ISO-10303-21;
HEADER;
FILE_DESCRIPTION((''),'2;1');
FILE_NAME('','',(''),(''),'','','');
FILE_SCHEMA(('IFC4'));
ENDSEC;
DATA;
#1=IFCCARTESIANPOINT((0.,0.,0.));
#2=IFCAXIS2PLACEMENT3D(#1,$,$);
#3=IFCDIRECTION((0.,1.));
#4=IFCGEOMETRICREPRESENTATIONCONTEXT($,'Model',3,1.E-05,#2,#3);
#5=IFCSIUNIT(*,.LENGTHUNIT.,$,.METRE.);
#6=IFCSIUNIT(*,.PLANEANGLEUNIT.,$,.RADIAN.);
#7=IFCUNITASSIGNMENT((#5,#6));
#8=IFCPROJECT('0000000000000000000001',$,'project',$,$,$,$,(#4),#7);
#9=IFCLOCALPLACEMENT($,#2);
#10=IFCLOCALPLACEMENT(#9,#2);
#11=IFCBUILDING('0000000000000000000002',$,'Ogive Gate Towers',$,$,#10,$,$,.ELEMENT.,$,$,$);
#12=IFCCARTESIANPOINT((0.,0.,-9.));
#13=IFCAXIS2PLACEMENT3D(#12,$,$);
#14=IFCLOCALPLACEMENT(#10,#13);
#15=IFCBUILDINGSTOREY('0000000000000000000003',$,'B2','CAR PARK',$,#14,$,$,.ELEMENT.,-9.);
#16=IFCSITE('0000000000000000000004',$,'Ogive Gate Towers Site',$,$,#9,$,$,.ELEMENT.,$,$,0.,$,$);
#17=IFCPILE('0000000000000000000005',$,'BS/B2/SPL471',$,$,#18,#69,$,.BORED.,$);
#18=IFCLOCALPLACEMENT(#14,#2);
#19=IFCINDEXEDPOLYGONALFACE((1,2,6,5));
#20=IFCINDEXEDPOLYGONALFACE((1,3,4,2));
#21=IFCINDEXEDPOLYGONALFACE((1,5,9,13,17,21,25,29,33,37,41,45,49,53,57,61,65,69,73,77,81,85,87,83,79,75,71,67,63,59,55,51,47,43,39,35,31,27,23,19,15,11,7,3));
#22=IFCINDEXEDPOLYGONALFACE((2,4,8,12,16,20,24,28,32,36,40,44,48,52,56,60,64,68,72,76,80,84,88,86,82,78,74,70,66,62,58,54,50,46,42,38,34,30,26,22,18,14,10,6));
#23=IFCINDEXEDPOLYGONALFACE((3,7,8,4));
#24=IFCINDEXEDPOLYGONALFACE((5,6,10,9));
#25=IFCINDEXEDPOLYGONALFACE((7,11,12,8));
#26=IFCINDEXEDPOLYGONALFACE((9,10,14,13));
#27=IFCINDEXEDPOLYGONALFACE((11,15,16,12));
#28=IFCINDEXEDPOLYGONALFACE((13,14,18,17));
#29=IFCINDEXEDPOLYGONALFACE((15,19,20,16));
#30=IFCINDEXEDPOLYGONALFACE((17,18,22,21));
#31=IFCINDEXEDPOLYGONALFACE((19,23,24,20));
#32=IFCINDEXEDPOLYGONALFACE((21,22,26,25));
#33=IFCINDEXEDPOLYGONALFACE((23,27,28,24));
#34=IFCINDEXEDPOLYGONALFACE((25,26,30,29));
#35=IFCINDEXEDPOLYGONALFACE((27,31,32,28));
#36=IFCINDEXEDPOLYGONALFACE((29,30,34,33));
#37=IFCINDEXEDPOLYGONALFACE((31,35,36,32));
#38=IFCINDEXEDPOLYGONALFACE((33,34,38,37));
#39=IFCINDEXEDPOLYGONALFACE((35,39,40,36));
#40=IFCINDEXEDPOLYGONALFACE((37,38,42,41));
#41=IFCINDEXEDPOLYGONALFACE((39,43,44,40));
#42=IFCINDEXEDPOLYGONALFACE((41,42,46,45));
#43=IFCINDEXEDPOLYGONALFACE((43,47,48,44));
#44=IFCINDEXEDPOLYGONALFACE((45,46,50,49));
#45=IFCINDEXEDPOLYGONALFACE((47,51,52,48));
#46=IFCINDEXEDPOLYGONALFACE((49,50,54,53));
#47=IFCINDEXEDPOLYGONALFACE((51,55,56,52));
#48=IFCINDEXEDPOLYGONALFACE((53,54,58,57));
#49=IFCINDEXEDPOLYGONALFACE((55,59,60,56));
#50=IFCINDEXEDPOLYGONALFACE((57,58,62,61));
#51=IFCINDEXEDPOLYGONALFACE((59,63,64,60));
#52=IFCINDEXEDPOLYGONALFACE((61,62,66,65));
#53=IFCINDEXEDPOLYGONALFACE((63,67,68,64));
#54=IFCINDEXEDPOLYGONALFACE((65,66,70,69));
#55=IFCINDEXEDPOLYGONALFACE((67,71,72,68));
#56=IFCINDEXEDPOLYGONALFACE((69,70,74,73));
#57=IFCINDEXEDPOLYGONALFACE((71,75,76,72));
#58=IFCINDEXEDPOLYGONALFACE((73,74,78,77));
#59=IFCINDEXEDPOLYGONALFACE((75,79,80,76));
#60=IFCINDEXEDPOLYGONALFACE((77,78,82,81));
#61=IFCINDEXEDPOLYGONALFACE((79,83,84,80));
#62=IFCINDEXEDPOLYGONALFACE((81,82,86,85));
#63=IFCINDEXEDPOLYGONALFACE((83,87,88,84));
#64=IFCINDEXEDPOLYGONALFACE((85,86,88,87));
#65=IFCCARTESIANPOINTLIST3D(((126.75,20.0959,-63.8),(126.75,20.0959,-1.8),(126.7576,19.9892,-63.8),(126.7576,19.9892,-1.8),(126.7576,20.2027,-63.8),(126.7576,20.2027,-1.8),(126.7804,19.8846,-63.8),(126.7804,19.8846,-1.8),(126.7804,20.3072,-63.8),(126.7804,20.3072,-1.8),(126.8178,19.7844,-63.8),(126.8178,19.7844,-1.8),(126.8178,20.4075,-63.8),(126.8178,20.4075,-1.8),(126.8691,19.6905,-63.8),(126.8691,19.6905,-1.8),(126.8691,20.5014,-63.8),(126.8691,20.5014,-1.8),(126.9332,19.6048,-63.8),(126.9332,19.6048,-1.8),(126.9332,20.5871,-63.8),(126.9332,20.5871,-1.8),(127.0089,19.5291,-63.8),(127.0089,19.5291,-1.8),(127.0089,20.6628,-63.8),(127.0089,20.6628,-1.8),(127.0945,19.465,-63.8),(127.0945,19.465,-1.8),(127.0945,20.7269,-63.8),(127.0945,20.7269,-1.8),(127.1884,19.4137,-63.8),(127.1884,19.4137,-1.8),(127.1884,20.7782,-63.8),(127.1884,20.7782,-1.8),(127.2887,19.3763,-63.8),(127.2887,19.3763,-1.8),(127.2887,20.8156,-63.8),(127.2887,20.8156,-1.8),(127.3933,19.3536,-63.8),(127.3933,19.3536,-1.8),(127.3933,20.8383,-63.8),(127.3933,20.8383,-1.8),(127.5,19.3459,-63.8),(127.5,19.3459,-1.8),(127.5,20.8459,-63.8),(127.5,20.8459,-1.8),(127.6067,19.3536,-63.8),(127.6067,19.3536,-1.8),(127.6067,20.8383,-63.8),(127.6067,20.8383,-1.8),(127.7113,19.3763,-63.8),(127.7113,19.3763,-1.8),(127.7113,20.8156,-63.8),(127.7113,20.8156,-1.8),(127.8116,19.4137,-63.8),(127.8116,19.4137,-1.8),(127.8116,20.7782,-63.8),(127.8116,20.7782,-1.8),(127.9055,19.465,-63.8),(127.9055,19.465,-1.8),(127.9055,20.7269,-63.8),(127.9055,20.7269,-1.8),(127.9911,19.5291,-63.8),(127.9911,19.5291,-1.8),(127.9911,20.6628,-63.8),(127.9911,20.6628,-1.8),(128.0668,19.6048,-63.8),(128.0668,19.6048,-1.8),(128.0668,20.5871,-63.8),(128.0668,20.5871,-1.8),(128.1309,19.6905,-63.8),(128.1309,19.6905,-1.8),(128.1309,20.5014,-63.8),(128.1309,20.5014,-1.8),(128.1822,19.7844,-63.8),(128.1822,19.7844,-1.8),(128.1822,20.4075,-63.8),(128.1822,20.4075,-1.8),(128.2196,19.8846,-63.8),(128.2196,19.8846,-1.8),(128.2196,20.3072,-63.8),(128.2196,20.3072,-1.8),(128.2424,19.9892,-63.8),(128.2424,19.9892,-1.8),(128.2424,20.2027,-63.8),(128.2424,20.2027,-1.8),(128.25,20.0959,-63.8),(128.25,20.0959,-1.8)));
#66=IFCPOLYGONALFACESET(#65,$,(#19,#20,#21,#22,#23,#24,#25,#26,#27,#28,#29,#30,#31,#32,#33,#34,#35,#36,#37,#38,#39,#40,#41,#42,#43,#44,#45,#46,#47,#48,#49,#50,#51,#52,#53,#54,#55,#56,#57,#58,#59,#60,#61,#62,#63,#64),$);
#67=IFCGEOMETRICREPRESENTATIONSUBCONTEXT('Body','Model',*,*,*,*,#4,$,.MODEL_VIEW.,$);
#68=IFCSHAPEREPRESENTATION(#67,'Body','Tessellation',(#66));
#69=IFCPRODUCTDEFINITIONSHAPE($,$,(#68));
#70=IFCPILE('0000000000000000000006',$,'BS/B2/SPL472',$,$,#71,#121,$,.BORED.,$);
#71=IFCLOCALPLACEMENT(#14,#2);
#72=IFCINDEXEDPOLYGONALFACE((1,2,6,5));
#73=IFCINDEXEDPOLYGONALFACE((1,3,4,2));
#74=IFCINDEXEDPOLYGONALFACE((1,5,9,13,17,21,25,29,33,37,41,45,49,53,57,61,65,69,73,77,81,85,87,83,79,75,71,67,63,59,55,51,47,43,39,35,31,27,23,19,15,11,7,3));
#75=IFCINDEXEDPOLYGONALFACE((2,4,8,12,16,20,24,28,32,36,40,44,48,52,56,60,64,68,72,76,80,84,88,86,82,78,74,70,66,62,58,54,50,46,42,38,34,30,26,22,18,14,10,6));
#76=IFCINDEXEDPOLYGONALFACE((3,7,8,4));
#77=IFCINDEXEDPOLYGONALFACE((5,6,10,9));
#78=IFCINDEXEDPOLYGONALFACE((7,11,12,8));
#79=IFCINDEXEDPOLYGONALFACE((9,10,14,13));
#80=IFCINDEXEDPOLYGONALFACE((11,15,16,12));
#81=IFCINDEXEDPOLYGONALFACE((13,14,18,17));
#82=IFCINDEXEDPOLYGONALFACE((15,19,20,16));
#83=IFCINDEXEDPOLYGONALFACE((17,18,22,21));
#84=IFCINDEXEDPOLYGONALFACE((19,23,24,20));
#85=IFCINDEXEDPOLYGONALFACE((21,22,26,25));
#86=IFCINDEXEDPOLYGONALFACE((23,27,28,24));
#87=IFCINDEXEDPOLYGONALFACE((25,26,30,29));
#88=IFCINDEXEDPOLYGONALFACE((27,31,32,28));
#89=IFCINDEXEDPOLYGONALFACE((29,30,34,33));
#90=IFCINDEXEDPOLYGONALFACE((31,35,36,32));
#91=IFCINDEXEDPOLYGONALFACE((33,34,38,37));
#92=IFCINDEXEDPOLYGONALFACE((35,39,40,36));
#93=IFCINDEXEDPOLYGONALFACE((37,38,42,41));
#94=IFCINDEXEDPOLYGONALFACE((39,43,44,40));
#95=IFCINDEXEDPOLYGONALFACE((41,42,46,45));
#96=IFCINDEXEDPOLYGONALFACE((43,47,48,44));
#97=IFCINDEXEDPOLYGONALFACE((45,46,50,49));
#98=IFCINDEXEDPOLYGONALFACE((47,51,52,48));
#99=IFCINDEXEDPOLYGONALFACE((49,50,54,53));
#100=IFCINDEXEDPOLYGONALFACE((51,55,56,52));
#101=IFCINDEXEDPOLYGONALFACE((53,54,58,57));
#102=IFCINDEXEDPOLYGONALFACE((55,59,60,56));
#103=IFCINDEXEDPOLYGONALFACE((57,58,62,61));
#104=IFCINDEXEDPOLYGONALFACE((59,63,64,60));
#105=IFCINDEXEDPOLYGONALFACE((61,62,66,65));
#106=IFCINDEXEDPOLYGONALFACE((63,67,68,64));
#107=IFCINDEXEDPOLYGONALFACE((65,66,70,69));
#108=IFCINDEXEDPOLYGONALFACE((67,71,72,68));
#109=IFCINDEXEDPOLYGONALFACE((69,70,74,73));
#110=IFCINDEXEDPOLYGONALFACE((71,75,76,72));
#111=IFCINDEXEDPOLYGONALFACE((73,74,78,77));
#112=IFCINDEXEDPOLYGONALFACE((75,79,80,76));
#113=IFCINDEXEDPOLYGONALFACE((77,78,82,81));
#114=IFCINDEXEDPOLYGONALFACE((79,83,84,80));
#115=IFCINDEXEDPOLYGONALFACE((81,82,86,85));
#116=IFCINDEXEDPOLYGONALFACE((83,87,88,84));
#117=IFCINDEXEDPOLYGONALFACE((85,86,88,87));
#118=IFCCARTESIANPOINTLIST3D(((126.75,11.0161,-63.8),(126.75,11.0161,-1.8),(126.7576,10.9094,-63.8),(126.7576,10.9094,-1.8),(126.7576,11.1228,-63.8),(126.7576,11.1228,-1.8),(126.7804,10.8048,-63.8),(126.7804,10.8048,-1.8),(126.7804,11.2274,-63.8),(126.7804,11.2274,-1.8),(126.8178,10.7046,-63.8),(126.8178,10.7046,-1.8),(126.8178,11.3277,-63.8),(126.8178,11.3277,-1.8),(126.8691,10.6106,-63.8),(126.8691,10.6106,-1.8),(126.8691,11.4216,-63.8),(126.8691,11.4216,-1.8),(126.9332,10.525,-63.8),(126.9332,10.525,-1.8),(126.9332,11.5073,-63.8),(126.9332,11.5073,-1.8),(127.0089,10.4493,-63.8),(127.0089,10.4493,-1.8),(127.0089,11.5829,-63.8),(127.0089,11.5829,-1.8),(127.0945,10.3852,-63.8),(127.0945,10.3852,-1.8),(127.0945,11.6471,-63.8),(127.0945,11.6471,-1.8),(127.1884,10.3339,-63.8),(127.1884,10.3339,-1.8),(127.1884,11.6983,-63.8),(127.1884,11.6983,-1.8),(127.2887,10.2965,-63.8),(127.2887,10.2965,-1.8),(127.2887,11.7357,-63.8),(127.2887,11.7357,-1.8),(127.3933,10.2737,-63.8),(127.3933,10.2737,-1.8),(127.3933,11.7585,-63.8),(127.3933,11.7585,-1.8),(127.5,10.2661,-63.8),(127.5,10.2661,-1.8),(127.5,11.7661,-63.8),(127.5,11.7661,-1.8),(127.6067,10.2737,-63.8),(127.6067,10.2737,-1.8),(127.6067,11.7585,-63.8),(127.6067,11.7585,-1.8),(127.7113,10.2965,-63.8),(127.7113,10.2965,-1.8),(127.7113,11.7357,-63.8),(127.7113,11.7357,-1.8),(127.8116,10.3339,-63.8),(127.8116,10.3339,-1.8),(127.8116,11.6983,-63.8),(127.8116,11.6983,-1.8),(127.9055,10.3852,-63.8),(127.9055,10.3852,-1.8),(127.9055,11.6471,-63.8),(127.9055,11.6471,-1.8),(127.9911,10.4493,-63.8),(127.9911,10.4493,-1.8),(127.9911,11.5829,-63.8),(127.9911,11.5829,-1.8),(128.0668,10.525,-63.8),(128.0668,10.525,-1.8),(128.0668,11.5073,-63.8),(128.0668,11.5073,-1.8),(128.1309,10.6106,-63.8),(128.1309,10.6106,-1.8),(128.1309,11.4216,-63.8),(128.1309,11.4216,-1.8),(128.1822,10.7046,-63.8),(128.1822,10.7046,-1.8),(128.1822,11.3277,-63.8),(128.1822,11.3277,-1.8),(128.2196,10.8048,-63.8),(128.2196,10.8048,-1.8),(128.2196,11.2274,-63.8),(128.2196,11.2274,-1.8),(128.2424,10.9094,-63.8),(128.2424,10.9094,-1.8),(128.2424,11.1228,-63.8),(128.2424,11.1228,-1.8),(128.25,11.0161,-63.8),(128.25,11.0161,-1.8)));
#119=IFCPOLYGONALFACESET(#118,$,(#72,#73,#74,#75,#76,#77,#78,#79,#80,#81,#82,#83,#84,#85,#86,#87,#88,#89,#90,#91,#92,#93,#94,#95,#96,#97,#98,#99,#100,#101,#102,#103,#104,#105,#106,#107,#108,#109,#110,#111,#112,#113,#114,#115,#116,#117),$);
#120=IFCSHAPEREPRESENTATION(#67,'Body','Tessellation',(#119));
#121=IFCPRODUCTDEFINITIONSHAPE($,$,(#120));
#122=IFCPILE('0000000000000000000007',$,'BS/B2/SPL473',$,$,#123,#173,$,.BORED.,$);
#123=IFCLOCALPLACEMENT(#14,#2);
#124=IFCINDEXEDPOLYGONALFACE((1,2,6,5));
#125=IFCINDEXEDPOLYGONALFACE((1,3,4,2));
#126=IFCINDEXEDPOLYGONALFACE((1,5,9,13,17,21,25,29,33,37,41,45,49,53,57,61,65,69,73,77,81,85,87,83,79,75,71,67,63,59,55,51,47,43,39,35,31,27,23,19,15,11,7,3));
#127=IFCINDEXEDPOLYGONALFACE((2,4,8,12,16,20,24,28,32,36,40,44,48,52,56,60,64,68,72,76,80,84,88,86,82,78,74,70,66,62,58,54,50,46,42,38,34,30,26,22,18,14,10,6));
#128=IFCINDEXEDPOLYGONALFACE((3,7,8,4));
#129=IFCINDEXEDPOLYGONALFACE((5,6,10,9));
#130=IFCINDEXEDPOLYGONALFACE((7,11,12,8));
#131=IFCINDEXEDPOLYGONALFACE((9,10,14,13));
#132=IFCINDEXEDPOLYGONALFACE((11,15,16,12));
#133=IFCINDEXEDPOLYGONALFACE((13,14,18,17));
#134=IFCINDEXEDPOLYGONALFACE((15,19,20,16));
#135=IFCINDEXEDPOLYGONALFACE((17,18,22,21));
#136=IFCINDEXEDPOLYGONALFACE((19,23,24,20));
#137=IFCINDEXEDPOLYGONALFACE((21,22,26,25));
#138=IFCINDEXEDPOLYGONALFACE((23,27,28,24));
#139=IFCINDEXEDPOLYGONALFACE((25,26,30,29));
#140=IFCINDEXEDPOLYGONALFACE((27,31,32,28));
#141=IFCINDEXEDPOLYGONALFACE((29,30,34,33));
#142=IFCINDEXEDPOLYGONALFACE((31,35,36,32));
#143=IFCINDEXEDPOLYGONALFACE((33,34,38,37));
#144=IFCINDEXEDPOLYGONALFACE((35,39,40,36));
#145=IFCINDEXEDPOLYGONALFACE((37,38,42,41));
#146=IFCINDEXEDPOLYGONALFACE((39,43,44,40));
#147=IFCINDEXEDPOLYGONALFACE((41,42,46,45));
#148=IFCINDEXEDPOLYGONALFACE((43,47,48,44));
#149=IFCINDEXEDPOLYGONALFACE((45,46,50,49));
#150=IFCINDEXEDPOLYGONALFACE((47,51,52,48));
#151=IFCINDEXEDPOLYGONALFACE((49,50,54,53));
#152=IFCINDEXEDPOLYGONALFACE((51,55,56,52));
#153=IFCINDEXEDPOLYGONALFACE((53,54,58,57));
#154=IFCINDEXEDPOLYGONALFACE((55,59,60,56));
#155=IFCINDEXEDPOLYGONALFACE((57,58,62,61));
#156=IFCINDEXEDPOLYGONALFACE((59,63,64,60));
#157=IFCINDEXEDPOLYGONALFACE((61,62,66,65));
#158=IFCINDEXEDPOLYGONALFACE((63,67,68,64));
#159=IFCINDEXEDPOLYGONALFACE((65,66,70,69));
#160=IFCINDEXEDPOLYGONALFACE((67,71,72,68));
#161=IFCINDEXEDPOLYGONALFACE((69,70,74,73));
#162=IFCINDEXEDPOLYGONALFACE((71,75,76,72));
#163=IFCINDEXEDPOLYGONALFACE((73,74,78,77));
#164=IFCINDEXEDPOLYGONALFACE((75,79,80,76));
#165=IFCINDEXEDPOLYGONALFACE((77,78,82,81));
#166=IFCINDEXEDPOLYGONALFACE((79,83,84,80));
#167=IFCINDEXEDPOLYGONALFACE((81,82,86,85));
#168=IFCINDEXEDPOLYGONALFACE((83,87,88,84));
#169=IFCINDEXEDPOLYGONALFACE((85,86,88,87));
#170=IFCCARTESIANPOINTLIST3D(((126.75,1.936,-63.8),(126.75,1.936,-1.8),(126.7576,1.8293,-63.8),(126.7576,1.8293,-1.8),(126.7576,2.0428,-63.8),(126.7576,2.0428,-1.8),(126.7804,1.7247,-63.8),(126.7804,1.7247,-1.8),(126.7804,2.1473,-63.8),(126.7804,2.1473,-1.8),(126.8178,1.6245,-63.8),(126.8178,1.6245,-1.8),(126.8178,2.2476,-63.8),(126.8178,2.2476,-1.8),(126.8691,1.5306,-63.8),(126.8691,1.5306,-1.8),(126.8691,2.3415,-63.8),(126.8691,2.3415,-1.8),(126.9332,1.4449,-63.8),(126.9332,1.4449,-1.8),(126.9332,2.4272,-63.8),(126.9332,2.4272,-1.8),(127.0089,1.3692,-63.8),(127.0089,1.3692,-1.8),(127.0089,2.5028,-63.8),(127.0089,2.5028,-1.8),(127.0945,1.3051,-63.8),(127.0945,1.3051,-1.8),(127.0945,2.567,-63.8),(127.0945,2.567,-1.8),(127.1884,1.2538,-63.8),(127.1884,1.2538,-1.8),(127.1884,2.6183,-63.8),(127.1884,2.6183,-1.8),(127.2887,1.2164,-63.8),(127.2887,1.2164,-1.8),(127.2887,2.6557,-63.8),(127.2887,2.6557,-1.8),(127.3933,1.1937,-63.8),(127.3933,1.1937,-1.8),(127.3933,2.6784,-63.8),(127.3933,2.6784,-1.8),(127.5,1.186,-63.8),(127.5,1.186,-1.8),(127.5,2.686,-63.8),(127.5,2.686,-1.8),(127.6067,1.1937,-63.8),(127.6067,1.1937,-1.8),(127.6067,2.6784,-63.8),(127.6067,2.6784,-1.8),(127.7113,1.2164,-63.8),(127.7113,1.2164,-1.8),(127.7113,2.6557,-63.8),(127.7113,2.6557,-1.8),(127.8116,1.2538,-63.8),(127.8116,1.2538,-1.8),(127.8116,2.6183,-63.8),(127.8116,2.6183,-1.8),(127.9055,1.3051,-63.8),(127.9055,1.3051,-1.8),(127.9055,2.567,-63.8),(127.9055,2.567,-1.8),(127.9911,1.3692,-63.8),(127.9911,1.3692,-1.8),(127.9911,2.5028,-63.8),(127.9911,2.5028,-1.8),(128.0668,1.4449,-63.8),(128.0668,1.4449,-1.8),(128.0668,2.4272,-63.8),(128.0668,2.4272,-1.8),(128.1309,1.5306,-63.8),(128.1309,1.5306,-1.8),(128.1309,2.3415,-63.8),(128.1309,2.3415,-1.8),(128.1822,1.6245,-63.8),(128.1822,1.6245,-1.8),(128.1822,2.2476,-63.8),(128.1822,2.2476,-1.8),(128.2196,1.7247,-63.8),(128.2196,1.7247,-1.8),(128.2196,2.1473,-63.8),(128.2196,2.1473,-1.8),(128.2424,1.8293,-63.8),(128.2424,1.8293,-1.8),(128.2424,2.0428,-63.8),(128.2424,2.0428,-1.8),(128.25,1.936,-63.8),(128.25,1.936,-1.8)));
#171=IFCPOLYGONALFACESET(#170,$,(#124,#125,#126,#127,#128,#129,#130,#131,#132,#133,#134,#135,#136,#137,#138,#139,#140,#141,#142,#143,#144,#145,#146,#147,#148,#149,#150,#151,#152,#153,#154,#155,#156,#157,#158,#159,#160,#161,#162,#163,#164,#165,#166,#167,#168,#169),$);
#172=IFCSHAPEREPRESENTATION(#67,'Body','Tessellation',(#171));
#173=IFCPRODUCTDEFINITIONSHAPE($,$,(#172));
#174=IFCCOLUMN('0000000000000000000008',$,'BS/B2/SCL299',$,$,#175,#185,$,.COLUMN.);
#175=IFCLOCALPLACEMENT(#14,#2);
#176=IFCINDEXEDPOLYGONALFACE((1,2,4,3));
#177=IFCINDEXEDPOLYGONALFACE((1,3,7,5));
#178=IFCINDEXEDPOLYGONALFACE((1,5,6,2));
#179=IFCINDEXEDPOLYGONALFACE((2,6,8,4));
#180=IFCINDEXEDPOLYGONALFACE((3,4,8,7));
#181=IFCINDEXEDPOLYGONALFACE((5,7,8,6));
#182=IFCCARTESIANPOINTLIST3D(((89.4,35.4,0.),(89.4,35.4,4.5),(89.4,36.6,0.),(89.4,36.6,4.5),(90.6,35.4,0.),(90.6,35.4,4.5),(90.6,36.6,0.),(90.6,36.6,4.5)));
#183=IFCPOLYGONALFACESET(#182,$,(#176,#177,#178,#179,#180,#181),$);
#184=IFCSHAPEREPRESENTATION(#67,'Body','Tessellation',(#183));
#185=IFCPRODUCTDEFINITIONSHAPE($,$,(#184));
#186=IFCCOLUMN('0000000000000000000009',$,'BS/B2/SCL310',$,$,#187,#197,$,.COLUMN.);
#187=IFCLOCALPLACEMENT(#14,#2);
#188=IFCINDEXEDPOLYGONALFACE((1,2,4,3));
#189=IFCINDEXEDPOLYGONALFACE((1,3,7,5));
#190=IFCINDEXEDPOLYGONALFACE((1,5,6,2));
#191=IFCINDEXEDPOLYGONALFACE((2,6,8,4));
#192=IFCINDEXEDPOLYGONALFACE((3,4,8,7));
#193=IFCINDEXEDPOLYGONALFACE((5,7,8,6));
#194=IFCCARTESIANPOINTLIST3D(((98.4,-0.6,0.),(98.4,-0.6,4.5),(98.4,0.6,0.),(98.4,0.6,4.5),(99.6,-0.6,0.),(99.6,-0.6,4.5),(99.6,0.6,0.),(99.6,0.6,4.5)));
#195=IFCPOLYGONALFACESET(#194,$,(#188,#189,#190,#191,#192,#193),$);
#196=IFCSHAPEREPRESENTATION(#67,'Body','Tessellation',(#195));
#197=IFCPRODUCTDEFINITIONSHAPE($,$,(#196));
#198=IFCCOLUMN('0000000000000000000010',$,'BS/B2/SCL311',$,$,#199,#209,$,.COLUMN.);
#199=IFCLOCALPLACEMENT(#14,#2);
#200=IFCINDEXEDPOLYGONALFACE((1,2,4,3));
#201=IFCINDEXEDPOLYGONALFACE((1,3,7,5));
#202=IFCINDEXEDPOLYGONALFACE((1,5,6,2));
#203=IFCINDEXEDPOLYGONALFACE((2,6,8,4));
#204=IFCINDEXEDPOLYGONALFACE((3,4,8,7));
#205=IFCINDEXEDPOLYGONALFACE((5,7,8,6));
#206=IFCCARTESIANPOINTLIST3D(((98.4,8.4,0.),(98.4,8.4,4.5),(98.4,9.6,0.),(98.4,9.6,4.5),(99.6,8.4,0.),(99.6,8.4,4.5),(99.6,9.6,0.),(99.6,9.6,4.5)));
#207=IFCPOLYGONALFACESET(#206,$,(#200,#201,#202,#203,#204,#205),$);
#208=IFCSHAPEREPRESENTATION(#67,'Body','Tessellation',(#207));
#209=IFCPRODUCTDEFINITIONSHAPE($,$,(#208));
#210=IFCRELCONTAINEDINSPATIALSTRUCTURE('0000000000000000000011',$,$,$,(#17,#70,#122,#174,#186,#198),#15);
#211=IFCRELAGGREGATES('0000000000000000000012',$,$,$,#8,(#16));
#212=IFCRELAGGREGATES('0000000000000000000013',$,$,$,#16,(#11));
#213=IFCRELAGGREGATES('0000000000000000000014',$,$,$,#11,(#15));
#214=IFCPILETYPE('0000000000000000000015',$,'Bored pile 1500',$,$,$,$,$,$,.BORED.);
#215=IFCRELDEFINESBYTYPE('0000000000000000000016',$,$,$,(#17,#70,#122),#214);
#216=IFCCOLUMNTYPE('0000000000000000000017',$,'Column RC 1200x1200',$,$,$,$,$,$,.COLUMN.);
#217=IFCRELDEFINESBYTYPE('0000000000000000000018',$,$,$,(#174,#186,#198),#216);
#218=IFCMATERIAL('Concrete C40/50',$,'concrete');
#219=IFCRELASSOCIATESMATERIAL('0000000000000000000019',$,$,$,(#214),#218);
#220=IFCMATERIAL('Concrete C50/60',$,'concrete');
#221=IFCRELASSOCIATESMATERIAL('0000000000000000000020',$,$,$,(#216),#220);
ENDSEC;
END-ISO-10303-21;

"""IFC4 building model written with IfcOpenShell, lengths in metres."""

from ifc_helpers import new_model, si_unit, direction, frame, origin, origin_2d, place, context, subcontext, project, spatial, rectangle, circle, extrude, material, material_profile, profile_set, type_object, element, save


model = new_model("IFC4")

# Units and contexts
model_context = context("Model", 3, precision=1e-05, world=origin(), true_north=direction((0.0, 1.0)))
body_context = subcontext(model_context, "Body", "Model", "MODEL_VIEW")
ifc_project = project(units=[si_unit("LENGTHUNIT", "METRE"), si_unit("PLANEANGLEUNIT", "RADIAN")], contexts=[model_context])

# Site, building, storey
site_placement = place(None, origin())
site = spatial("IfcSite", under=ifc_project, at=site_placement, Name="Ogive Gate Towers Site", CompositionType="ELEMENT", RefElevation=0.0)
building_placement = place(site_placement, origin())
building = spatial("IfcBuilding", under=site, at=building_placement, Name="Ogive Gate Towers", CompositionType="ELEMENT")
storey_placement = place(building_placement, frame((0.0, 0.0, -9.0)))
storey = spatial("IfcBuildingStorey", under=building, at=storey_placement, Name="B2", Description="CAR PARK", CompositionType="ELEMENT", Elevation=-9.0)

# Piles
ifc_material_1 = material(Name="Concrete C40/50", Category="concrete")
ifc_material_profile_1 = material_profile(ifc_material_1, circle(Radius=0.75, at=origin_2d()), Name="BP 1500")
ifc_profile_set_1 = profile_set([ifc_material_profile_1], Name="Concrete C40/50")
pile_type = type_object("IfcPileType", Name="Bored pile 1500", PredefinedType="BORED", material=ifc_profile_set_1)
for number, where, z_axis, x_axis, name in (
    (1, (127.5, 20.0959, -1.8), (0.0, 0.0, -1.0), (1.0, 0.0, 0.0), "BS/B2/SPL471"),
    (2, (127.5, 11.0161, -1.8), (0.0, 0.0, -1.0), (1.0, 0.0, 0.0), "BS/B2/SPL472"),
    (3, (127.5, 1.936, -1.8), (0.0, 0.0, -1.0), (1.0, 0.0, 0.0), "BS/B2/SPL473"),
):
    element("IfcPile", number, at=place(storey_placement, frame(where, z_axis=z_axis, x_axis=x_axis)), inside=storey, type_object=pile_type, Name=name, PredefinedType="BORED", context=body_context, shape_type="SweptSolid", body=[
        extrude(circle(Radius=0.75, at=origin_2d()), origin(), (0.0, 0.0, 1.0), 62.0),
    ])

# Columns
ifc_material_2 = material(Name="Concrete C50/60", Category="concrete")
ifc_material_profile_2 = material_profile(ifc_material_2, rectangle(XDim=1.2, YDim=1.2, at=origin_2d()), Name="RC 1200x1200")
ifc_profile_set_2 = profile_set([ifc_material_profile_2], Name="Concrete C50/60")
column_type = type_object("IfcColumnType", Name="Column RC 1200x1200", PredefinedType="COLUMN", material=ifc_profile_set_2)
for number, where, z_axis, x_axis, name in (
    (4, (90.0, 36.0, 0.0), (0.0, 0.0, 1.0), (1.0, 0.0, 0.0), "BS/B2/SCL299"),
    (5, (99.0, 0.0, 0.0), (0.0, 0.0, 1.0), (1.0, 0.0, 0.0), "BS/B2/SCL310"),
    (6, (99.0, 9.0, 0.0), (0.0, 0.0, 1.0), (1.0, 0.0, 0.0), "BS/B2/SCL311"),
):
    element("IfcColumn", number, at=place(storey_placement, frame(where, z_axis=z_axis, x_axis=x_axis)), inside=storey, type_object=column_type, Name=name, PredefinedType="COLUMN", context=body_context, shape_type="SweptSolid", body=[
        extrude(rectangle(XDim=1.2, YDim=1.2, at=origin_2d()), origin(), (0.0, 0.0, 1.0), 4.5),
    ])

save(model, "model.ifc")
